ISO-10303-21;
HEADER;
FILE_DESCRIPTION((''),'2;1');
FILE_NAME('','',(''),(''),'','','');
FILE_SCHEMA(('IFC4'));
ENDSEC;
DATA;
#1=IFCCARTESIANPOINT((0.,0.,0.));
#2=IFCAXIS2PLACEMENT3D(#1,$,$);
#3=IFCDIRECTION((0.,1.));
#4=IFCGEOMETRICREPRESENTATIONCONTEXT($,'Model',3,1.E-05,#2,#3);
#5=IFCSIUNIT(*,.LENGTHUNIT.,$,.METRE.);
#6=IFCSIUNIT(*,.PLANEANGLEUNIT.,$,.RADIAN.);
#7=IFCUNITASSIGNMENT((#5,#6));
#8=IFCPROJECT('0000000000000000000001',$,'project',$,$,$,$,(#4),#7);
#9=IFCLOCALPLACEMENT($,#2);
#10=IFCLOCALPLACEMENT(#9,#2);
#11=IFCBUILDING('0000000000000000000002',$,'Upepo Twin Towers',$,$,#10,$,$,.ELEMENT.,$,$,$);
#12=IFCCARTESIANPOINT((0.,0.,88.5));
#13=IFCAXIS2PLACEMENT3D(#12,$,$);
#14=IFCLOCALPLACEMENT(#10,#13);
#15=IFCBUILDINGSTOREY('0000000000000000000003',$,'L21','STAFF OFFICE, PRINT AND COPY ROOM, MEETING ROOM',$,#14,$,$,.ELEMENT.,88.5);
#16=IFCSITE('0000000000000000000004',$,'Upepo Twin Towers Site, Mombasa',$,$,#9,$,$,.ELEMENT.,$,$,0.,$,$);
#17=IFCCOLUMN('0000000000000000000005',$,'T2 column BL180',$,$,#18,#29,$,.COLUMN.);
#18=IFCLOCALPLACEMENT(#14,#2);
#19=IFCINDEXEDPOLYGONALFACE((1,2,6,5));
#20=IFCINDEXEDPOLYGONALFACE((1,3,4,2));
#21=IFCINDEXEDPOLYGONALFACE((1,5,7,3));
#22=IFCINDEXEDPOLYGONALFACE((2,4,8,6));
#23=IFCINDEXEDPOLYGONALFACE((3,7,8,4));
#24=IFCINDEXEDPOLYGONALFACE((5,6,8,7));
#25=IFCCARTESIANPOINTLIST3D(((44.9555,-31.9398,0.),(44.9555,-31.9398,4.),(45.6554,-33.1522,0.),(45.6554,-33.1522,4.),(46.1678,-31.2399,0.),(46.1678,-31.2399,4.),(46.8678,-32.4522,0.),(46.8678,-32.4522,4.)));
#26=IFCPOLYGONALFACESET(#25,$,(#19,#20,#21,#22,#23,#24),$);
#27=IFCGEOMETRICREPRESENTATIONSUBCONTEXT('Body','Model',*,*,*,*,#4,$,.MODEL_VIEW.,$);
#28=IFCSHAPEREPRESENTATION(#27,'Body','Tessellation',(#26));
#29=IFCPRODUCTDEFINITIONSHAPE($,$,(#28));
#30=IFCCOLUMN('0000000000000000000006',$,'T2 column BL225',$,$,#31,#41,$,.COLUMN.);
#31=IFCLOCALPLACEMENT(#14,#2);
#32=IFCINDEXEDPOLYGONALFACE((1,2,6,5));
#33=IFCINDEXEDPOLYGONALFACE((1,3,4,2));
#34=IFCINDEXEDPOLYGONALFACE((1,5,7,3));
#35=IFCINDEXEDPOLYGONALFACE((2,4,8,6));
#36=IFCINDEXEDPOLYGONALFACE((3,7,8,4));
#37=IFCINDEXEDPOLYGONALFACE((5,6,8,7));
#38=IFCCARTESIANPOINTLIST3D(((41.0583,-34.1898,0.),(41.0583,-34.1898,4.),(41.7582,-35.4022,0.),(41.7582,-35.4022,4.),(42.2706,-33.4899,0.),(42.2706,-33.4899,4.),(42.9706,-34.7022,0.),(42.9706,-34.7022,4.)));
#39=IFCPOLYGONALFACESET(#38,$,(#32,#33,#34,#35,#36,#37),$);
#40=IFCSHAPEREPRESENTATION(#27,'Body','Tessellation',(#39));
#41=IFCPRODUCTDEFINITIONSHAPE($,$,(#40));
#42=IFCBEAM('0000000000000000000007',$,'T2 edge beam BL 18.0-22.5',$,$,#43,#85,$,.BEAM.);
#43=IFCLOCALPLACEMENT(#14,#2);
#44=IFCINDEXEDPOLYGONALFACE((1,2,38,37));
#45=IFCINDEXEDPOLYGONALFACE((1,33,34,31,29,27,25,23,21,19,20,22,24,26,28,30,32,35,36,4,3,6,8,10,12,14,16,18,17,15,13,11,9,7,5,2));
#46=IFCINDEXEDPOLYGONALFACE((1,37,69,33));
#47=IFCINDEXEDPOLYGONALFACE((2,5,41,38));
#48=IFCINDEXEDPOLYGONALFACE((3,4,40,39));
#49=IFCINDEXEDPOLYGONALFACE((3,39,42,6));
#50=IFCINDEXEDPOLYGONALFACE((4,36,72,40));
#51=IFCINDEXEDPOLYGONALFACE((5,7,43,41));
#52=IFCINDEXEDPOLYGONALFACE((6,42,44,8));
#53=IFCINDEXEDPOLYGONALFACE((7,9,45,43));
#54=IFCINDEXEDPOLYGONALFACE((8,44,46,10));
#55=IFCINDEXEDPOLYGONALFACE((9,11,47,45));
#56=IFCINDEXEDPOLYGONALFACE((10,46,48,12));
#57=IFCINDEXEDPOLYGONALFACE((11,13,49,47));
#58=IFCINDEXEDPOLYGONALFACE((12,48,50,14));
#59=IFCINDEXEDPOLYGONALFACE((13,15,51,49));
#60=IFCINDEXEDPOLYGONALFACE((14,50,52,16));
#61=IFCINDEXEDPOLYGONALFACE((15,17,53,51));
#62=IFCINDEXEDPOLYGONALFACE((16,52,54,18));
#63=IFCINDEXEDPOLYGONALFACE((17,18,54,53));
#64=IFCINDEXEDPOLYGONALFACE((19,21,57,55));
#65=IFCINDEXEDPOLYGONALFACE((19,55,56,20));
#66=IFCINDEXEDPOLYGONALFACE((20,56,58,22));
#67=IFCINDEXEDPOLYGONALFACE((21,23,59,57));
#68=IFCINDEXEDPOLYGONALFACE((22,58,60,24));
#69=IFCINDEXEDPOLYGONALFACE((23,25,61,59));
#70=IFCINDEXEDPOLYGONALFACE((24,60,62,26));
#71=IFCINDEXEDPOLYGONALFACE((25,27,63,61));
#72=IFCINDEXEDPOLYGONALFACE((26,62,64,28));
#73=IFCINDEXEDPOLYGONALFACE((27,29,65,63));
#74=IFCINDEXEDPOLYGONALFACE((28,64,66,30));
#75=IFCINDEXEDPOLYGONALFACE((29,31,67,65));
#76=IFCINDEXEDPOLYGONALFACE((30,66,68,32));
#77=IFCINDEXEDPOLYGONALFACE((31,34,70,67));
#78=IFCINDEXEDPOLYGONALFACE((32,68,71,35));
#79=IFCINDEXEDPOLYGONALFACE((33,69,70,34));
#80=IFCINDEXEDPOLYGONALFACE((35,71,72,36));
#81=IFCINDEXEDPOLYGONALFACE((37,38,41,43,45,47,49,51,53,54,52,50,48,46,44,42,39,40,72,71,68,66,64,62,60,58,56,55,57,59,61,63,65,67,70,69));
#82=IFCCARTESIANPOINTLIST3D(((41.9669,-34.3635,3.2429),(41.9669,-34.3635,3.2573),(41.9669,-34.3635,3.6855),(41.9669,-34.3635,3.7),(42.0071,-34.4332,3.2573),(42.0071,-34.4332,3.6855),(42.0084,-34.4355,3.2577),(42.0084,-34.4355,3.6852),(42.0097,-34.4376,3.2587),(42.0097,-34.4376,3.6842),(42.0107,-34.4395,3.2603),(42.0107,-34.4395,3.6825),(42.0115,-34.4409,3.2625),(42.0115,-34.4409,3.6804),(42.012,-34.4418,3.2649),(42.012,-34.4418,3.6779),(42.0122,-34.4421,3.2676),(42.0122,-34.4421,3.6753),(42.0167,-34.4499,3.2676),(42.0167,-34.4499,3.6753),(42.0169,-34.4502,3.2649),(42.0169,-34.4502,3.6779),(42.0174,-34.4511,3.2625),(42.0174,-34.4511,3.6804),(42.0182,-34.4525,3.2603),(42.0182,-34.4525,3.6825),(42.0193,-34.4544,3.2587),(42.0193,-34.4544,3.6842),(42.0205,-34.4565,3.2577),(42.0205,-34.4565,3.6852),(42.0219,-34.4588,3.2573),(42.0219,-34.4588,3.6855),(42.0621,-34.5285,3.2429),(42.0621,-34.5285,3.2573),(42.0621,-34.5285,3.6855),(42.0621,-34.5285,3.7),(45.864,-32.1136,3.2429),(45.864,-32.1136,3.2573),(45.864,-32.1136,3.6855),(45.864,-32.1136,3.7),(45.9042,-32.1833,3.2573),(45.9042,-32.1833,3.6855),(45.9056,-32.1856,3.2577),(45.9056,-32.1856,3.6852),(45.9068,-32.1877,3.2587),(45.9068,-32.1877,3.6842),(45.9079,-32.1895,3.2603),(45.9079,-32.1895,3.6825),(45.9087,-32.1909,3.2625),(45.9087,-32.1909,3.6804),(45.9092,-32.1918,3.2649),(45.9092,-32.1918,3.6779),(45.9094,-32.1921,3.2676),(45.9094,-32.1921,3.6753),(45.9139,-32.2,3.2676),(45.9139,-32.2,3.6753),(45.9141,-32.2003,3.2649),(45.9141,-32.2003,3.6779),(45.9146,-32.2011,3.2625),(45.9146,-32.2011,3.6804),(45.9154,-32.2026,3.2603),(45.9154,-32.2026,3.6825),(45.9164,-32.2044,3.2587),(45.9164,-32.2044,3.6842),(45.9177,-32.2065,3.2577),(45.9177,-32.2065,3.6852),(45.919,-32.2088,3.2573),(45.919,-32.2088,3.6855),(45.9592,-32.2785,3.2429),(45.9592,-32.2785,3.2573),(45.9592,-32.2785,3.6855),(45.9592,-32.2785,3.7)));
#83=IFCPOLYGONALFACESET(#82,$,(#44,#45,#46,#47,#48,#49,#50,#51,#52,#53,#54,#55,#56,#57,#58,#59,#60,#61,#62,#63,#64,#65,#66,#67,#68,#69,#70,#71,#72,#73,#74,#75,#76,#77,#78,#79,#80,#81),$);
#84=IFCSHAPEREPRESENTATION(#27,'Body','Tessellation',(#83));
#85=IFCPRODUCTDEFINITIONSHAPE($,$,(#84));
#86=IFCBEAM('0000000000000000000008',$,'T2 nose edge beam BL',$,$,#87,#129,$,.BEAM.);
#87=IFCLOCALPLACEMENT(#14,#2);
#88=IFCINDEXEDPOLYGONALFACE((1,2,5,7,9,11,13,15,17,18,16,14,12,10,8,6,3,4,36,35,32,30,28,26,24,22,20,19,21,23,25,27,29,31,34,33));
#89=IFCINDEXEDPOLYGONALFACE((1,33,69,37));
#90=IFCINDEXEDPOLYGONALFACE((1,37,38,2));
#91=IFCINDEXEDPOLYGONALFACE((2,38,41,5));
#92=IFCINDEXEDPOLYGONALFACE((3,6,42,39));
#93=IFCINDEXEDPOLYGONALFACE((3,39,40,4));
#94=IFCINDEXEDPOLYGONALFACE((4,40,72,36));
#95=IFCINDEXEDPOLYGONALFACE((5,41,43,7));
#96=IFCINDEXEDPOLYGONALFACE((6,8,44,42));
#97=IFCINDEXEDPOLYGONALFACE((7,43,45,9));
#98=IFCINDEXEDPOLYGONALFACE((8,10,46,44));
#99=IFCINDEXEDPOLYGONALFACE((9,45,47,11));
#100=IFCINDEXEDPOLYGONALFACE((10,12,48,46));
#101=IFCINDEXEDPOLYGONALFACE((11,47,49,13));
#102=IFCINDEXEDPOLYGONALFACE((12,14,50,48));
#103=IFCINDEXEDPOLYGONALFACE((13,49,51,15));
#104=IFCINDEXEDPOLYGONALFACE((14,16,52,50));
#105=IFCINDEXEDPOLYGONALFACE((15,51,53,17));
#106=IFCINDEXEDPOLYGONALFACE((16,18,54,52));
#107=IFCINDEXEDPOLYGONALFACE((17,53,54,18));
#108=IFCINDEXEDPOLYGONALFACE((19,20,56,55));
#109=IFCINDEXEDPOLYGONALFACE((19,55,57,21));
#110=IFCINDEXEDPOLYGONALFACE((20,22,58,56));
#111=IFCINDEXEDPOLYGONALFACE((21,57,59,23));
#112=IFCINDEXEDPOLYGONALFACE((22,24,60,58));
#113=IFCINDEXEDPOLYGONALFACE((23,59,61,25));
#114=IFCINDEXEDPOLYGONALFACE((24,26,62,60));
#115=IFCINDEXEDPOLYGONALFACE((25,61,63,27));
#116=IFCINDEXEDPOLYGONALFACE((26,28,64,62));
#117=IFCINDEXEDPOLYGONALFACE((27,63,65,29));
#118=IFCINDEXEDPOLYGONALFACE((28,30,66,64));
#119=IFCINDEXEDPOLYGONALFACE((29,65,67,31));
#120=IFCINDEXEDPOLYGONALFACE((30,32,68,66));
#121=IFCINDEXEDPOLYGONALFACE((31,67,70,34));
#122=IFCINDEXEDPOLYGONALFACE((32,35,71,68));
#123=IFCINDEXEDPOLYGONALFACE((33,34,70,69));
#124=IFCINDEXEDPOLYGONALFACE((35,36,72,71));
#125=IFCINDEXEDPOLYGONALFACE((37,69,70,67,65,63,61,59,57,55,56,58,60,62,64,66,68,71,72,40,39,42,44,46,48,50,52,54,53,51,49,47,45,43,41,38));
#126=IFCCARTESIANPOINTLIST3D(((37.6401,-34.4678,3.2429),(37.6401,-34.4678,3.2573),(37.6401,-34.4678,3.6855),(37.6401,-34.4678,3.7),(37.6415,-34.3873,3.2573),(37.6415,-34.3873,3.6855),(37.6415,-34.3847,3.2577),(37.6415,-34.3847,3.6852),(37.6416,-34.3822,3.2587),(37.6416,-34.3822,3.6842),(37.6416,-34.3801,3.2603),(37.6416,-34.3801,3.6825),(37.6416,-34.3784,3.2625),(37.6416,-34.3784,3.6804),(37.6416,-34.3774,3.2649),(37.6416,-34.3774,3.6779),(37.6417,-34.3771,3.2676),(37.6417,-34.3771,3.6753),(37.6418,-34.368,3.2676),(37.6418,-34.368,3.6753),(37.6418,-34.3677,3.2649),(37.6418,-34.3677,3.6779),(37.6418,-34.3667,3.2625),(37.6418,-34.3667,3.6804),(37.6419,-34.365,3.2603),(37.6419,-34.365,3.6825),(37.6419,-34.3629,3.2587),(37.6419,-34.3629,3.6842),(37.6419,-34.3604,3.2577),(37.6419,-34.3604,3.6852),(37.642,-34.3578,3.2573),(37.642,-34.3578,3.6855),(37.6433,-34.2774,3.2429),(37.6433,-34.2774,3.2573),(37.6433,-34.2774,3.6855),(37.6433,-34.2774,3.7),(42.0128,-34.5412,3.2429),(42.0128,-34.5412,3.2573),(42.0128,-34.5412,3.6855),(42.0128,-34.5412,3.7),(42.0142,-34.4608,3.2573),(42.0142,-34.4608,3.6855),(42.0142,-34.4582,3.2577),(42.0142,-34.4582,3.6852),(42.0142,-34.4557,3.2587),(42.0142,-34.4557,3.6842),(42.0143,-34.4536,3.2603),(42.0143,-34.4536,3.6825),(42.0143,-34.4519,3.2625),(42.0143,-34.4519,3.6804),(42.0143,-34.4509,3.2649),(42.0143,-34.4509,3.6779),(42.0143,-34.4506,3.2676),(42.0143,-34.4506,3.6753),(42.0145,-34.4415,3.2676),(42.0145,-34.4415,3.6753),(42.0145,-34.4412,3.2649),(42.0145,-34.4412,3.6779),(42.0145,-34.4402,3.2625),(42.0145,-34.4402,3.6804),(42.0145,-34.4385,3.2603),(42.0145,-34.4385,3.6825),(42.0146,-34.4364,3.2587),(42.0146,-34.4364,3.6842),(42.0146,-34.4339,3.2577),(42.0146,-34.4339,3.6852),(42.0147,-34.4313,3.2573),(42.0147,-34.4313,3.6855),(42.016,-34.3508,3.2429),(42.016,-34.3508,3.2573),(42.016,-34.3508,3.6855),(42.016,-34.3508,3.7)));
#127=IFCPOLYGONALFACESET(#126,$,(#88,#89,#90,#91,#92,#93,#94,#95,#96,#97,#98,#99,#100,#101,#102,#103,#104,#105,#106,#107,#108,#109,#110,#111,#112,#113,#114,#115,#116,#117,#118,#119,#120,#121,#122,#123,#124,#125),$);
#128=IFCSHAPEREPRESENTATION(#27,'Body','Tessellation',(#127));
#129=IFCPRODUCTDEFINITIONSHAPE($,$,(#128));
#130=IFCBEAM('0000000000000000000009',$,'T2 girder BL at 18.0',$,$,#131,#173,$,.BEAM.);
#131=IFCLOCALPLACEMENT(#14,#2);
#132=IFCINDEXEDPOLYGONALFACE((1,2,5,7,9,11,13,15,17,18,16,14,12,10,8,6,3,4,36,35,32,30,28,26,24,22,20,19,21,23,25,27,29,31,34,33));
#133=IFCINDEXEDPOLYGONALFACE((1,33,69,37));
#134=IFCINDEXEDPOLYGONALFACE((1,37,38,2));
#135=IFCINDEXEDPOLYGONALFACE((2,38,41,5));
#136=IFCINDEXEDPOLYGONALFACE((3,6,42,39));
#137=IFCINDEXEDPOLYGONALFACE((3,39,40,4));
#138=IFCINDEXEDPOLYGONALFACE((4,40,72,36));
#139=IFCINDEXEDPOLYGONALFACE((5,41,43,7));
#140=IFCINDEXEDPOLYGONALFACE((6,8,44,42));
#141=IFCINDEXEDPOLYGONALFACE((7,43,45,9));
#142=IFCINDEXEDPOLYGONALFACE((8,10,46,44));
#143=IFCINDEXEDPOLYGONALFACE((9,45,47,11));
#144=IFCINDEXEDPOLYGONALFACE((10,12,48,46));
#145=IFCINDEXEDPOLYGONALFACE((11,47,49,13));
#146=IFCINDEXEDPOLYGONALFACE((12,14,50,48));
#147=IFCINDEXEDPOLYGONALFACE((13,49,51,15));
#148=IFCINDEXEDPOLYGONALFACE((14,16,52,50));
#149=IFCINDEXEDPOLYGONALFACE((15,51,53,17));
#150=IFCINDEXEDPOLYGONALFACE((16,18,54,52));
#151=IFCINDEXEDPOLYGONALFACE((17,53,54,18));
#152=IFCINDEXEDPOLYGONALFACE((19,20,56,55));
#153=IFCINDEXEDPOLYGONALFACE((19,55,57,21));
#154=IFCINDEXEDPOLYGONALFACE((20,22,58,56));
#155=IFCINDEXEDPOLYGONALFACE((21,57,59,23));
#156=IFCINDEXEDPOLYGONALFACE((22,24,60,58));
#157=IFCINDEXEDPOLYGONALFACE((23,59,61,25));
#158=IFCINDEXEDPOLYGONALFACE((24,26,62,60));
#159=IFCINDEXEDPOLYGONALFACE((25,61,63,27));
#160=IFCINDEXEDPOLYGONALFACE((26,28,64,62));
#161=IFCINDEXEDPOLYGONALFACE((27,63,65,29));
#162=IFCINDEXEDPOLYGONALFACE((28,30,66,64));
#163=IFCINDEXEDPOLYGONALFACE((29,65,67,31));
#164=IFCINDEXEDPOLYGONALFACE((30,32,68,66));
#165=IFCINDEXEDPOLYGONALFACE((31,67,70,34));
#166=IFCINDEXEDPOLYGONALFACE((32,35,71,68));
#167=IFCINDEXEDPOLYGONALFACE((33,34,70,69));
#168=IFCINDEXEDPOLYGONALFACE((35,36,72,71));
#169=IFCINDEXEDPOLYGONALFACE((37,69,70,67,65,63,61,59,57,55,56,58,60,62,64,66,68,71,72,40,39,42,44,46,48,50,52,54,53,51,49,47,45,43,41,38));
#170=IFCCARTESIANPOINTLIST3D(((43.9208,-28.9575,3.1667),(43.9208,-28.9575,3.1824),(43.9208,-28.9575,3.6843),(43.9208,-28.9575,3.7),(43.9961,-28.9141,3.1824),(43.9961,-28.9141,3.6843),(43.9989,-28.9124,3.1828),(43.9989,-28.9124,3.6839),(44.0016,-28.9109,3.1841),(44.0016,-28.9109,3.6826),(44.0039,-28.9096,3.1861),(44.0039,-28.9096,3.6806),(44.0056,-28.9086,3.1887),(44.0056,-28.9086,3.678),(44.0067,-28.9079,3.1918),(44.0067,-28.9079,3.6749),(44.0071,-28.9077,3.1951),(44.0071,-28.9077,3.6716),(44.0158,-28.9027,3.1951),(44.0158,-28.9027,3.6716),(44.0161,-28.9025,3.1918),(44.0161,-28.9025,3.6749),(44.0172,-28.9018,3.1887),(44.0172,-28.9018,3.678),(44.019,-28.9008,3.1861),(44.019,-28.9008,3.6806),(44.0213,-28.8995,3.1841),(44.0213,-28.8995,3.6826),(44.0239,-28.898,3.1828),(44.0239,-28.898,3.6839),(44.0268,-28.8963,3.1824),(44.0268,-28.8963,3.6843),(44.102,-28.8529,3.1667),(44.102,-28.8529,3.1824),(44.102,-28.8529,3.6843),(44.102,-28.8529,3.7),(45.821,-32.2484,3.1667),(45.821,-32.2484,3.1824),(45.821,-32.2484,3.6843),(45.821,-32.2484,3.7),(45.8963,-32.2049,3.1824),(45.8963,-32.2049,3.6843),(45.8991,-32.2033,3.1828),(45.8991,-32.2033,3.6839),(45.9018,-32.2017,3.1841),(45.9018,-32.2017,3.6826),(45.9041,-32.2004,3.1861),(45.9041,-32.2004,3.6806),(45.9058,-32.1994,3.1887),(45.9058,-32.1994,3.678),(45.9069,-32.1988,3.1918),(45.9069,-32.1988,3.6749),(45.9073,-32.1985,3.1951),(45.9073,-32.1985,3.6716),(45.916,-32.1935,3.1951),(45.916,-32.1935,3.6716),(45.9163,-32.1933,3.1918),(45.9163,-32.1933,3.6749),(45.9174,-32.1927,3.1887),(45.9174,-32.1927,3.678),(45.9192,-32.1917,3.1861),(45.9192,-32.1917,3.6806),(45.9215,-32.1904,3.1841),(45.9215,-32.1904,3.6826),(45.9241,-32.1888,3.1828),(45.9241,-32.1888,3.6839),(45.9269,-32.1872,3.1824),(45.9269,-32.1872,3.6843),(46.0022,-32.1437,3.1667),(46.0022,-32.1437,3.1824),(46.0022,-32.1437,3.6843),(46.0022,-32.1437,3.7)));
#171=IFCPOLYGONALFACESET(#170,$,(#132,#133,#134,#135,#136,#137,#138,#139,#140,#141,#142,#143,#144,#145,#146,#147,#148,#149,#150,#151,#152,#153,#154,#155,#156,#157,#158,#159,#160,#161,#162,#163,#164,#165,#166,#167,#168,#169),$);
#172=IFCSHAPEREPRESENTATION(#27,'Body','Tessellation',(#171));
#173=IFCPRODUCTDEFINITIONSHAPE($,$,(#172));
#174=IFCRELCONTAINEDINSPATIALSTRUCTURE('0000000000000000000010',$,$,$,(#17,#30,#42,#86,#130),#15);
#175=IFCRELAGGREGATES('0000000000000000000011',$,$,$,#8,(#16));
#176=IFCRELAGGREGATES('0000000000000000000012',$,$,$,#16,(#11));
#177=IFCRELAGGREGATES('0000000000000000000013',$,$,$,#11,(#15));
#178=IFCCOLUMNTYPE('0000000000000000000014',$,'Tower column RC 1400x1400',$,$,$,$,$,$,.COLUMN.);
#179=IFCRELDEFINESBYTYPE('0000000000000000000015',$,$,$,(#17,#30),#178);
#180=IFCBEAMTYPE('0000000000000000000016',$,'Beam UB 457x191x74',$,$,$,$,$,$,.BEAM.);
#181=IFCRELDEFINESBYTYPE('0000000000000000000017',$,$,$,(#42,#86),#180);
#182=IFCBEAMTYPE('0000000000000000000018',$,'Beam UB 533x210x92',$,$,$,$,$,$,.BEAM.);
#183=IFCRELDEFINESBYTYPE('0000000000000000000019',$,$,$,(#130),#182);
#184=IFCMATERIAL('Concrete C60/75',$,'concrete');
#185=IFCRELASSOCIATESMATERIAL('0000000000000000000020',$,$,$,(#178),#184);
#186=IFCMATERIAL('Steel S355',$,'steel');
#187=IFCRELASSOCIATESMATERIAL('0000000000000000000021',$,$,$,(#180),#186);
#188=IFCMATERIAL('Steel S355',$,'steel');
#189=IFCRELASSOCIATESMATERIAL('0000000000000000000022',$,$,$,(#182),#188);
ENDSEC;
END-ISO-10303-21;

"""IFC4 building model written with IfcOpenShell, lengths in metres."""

from ifc_helpers import new_model, si_unit, direction, frame, origin, origin_2d, place, context, subcontext, project, spatial, rectangle, i_section, extrude, material, material_profile, profile_set, type_object, element, save


model = new_model("IFC4")

# Units and contexts
model_context = context("Model", 3, precision=1e-05, world=origin(), true_north=direction((0.0, 1.0)))
body_context = subcontext(model_context, "Body", "Model", "MODEL_VIEW")
ifc_project = project(units=[si_unit("LENGTHUNIT", "METRE"), si_unit("PLANEANGLEUNIT", "RADIAN")], contexts=[model_context])

# Site, building, storey
site_placement = place(None, origin())
site = spatial("IfcSite", under=ifc_project, at=site_placement, Name="Upepo Twin Towers Site, Mombasa", CompositionType="ELEMENT", RefElevation=0.0)
building_placement = place(site_placement, origin())
building = spatial("IfcBuilding", under=site, at=building_placement, Name="Upepo Twin Towers", CompositionType="ELEMENT")
storey_placement = place(building_placement, frame((0.0, 0.0, 88.5)))
storey = spatial("IfcBuildingStorey", under=building, at=storey_placement, Name="L21", Description="STAFF OFFICE, PRINT AND COPY ROOM, MEETING ROOM", CompositionType="ELEMENT", Elevation=88.5)

# Columns
ifc_material_1 = material(Name="Concrete C60/75", Category="concrete")
ifc_material_profile_1 = material_profile(ifc_material_1, rectangle(XDim=1.3999, YDim=1.3999, at=origin_2d()), Name="RC 1400x1400")
ifc_profile_set_1 = profile_set([ifc_material_profile_1], Name="Concrete C60/75")
column_type = type_object("IfcColumnType", Name="Tower column RC 1400x1400", PredefinedType="COLUMN", material=ifc_profile_set_1)
for number, where, z_axis, x_axis, name in (
    (1, (45.9116, -32.196, 0.0), (0.0, 0.0, 1.0), (0.866025, 0.5, 0.0), "T2 column BL180"),
    (2, (42.0144, -34.446, 0.0), (0.0, 0.0, 1.0), (0.866025, 0.5, 0.0), "T2 column BL225"),
):
    element("IfcColumn", number, at=place(storey_placement, frame(where, z_axis=z_axis, x_axis=x_axis)), inside=storey, type_object=column_type, Name=name, PredefinedType="COLUMN", context=body_context, shape_type="SweptSolid", body=[
        extrude(rectangle(XDim=1.3999, YDim=1.3999, at=origin_2d()), origin(), (0.0, 0.0, 1.0), 4.0),
    ])

# Beams
ifc_material_2 = material(Name="Steel S355", Category="steel")
ifc_material_profile_2 = material_profile(ifc_material_2, i_section(OverallWidth=0.1904, OverallDepth=0.457, WebThickness=0.009, FlangeThickness=0.0144, FilletRadius=0.0103, at=origin_2d()), Name="UB 457x191x74")
ifc_profile_set_2 = profile_set([ifc_material_profile_2], Name="Steel S355")
beam_type_1 = type_object("IfcBeamType", Name="Beam UB 457x191x74", PredefinedType="BEAM", material=ifc_profile_set_2)
beam_1_placement = place(storey_placement, frame((45.9116, -32.196, 3.4714), z_axis=(-0.866031, -0.49999, 0.0), x_axis=(0.49999, -0.866031, 0.0)))
element("IfcBeam", 3, at=beam_1_placement, inside=storey, type_object=beam_type_1, Name="T2 edge beam BL 18.0-22.5", PredefinedType="BEAM", context=body_context, shape_type="SweptSolid", body=[
    extrude(i_section(OverallWidth=0.1904, OverallDepth=0.457, WebThickness=0.009, FlangeThickness=0.0144, FilletRadius=0.0103, at=origin_2d()), origin(), (0.0, 0.0, 1.0), 4.5),
])
beam_2_placement = place(storey_placement, frame((42.0144, -34.446, 3.4714), z_axis=(-0.999859, 0.016804, 0.0), x_axis=(-0.016804, -0.999859, 0.0)))
element("IfcBeam", 4, at=beam_2_placement, inside=storey, type_object=beam_type_1, Name="T2 nose edge beam BL", PredefinedType="BEAM", context=body_context, shape_type="SweptSolid", body=[
    extrude(i_section(OverallWidth=0.1904, OverallDepth=0.457, WebThickness=0.009, FlangeThickness=0.0144, FilletRadius=0.0103, at=origin_2d()), origin(), (0.0, 0.0, 1.0), 4.3733),
])
ifc_material_3 = material(Name="Steel S355", Category="steel")
ifc_material_profile_3 = material_profile(ifc_material_3, i_section(OverallWidth=0.2092, OverallDepth=0.5332, WebThickness=0.01, FlangeThickness=0.0156, FilletRadius=0.0127, at=origin_2d()), Name="UB 533x210x92")
ifc_profile_set_3 = profile_set([ifc_material_profile_3], Name="Steel S355")
beam_type_2 = type_object("IfcBeamType", Name="Beam UB 533x210x92", PredefinedType="BEAM", material=ifc_profile_set_3)
beam_3_placement = place(storey_placement, frame((45.9116, -32.196, 3.4333), z_axis=(-0.500043, 0.866, 0.0), x_axis=(-0.866, -0.500043, 0.0)))
element("IfcBeam", 5, at=beam_3_placement, inside=storey, type_object=beam_type_2, Name="T2 girder BL at 18.0", PredefinedType="BEAM", context=body_context, shape_type="SweptSolid", body=[
    extrude(i_section(OverallWidth=0.2092, OverallDepth=0.5332, WebThickness=0.01, FlangeThickness=0.0156, FilletRadius=0.0127, at=origin_2d()), origin(), (0.0, 0.0, 1.0), 3.8),
])

save(model, "model.ifc")
